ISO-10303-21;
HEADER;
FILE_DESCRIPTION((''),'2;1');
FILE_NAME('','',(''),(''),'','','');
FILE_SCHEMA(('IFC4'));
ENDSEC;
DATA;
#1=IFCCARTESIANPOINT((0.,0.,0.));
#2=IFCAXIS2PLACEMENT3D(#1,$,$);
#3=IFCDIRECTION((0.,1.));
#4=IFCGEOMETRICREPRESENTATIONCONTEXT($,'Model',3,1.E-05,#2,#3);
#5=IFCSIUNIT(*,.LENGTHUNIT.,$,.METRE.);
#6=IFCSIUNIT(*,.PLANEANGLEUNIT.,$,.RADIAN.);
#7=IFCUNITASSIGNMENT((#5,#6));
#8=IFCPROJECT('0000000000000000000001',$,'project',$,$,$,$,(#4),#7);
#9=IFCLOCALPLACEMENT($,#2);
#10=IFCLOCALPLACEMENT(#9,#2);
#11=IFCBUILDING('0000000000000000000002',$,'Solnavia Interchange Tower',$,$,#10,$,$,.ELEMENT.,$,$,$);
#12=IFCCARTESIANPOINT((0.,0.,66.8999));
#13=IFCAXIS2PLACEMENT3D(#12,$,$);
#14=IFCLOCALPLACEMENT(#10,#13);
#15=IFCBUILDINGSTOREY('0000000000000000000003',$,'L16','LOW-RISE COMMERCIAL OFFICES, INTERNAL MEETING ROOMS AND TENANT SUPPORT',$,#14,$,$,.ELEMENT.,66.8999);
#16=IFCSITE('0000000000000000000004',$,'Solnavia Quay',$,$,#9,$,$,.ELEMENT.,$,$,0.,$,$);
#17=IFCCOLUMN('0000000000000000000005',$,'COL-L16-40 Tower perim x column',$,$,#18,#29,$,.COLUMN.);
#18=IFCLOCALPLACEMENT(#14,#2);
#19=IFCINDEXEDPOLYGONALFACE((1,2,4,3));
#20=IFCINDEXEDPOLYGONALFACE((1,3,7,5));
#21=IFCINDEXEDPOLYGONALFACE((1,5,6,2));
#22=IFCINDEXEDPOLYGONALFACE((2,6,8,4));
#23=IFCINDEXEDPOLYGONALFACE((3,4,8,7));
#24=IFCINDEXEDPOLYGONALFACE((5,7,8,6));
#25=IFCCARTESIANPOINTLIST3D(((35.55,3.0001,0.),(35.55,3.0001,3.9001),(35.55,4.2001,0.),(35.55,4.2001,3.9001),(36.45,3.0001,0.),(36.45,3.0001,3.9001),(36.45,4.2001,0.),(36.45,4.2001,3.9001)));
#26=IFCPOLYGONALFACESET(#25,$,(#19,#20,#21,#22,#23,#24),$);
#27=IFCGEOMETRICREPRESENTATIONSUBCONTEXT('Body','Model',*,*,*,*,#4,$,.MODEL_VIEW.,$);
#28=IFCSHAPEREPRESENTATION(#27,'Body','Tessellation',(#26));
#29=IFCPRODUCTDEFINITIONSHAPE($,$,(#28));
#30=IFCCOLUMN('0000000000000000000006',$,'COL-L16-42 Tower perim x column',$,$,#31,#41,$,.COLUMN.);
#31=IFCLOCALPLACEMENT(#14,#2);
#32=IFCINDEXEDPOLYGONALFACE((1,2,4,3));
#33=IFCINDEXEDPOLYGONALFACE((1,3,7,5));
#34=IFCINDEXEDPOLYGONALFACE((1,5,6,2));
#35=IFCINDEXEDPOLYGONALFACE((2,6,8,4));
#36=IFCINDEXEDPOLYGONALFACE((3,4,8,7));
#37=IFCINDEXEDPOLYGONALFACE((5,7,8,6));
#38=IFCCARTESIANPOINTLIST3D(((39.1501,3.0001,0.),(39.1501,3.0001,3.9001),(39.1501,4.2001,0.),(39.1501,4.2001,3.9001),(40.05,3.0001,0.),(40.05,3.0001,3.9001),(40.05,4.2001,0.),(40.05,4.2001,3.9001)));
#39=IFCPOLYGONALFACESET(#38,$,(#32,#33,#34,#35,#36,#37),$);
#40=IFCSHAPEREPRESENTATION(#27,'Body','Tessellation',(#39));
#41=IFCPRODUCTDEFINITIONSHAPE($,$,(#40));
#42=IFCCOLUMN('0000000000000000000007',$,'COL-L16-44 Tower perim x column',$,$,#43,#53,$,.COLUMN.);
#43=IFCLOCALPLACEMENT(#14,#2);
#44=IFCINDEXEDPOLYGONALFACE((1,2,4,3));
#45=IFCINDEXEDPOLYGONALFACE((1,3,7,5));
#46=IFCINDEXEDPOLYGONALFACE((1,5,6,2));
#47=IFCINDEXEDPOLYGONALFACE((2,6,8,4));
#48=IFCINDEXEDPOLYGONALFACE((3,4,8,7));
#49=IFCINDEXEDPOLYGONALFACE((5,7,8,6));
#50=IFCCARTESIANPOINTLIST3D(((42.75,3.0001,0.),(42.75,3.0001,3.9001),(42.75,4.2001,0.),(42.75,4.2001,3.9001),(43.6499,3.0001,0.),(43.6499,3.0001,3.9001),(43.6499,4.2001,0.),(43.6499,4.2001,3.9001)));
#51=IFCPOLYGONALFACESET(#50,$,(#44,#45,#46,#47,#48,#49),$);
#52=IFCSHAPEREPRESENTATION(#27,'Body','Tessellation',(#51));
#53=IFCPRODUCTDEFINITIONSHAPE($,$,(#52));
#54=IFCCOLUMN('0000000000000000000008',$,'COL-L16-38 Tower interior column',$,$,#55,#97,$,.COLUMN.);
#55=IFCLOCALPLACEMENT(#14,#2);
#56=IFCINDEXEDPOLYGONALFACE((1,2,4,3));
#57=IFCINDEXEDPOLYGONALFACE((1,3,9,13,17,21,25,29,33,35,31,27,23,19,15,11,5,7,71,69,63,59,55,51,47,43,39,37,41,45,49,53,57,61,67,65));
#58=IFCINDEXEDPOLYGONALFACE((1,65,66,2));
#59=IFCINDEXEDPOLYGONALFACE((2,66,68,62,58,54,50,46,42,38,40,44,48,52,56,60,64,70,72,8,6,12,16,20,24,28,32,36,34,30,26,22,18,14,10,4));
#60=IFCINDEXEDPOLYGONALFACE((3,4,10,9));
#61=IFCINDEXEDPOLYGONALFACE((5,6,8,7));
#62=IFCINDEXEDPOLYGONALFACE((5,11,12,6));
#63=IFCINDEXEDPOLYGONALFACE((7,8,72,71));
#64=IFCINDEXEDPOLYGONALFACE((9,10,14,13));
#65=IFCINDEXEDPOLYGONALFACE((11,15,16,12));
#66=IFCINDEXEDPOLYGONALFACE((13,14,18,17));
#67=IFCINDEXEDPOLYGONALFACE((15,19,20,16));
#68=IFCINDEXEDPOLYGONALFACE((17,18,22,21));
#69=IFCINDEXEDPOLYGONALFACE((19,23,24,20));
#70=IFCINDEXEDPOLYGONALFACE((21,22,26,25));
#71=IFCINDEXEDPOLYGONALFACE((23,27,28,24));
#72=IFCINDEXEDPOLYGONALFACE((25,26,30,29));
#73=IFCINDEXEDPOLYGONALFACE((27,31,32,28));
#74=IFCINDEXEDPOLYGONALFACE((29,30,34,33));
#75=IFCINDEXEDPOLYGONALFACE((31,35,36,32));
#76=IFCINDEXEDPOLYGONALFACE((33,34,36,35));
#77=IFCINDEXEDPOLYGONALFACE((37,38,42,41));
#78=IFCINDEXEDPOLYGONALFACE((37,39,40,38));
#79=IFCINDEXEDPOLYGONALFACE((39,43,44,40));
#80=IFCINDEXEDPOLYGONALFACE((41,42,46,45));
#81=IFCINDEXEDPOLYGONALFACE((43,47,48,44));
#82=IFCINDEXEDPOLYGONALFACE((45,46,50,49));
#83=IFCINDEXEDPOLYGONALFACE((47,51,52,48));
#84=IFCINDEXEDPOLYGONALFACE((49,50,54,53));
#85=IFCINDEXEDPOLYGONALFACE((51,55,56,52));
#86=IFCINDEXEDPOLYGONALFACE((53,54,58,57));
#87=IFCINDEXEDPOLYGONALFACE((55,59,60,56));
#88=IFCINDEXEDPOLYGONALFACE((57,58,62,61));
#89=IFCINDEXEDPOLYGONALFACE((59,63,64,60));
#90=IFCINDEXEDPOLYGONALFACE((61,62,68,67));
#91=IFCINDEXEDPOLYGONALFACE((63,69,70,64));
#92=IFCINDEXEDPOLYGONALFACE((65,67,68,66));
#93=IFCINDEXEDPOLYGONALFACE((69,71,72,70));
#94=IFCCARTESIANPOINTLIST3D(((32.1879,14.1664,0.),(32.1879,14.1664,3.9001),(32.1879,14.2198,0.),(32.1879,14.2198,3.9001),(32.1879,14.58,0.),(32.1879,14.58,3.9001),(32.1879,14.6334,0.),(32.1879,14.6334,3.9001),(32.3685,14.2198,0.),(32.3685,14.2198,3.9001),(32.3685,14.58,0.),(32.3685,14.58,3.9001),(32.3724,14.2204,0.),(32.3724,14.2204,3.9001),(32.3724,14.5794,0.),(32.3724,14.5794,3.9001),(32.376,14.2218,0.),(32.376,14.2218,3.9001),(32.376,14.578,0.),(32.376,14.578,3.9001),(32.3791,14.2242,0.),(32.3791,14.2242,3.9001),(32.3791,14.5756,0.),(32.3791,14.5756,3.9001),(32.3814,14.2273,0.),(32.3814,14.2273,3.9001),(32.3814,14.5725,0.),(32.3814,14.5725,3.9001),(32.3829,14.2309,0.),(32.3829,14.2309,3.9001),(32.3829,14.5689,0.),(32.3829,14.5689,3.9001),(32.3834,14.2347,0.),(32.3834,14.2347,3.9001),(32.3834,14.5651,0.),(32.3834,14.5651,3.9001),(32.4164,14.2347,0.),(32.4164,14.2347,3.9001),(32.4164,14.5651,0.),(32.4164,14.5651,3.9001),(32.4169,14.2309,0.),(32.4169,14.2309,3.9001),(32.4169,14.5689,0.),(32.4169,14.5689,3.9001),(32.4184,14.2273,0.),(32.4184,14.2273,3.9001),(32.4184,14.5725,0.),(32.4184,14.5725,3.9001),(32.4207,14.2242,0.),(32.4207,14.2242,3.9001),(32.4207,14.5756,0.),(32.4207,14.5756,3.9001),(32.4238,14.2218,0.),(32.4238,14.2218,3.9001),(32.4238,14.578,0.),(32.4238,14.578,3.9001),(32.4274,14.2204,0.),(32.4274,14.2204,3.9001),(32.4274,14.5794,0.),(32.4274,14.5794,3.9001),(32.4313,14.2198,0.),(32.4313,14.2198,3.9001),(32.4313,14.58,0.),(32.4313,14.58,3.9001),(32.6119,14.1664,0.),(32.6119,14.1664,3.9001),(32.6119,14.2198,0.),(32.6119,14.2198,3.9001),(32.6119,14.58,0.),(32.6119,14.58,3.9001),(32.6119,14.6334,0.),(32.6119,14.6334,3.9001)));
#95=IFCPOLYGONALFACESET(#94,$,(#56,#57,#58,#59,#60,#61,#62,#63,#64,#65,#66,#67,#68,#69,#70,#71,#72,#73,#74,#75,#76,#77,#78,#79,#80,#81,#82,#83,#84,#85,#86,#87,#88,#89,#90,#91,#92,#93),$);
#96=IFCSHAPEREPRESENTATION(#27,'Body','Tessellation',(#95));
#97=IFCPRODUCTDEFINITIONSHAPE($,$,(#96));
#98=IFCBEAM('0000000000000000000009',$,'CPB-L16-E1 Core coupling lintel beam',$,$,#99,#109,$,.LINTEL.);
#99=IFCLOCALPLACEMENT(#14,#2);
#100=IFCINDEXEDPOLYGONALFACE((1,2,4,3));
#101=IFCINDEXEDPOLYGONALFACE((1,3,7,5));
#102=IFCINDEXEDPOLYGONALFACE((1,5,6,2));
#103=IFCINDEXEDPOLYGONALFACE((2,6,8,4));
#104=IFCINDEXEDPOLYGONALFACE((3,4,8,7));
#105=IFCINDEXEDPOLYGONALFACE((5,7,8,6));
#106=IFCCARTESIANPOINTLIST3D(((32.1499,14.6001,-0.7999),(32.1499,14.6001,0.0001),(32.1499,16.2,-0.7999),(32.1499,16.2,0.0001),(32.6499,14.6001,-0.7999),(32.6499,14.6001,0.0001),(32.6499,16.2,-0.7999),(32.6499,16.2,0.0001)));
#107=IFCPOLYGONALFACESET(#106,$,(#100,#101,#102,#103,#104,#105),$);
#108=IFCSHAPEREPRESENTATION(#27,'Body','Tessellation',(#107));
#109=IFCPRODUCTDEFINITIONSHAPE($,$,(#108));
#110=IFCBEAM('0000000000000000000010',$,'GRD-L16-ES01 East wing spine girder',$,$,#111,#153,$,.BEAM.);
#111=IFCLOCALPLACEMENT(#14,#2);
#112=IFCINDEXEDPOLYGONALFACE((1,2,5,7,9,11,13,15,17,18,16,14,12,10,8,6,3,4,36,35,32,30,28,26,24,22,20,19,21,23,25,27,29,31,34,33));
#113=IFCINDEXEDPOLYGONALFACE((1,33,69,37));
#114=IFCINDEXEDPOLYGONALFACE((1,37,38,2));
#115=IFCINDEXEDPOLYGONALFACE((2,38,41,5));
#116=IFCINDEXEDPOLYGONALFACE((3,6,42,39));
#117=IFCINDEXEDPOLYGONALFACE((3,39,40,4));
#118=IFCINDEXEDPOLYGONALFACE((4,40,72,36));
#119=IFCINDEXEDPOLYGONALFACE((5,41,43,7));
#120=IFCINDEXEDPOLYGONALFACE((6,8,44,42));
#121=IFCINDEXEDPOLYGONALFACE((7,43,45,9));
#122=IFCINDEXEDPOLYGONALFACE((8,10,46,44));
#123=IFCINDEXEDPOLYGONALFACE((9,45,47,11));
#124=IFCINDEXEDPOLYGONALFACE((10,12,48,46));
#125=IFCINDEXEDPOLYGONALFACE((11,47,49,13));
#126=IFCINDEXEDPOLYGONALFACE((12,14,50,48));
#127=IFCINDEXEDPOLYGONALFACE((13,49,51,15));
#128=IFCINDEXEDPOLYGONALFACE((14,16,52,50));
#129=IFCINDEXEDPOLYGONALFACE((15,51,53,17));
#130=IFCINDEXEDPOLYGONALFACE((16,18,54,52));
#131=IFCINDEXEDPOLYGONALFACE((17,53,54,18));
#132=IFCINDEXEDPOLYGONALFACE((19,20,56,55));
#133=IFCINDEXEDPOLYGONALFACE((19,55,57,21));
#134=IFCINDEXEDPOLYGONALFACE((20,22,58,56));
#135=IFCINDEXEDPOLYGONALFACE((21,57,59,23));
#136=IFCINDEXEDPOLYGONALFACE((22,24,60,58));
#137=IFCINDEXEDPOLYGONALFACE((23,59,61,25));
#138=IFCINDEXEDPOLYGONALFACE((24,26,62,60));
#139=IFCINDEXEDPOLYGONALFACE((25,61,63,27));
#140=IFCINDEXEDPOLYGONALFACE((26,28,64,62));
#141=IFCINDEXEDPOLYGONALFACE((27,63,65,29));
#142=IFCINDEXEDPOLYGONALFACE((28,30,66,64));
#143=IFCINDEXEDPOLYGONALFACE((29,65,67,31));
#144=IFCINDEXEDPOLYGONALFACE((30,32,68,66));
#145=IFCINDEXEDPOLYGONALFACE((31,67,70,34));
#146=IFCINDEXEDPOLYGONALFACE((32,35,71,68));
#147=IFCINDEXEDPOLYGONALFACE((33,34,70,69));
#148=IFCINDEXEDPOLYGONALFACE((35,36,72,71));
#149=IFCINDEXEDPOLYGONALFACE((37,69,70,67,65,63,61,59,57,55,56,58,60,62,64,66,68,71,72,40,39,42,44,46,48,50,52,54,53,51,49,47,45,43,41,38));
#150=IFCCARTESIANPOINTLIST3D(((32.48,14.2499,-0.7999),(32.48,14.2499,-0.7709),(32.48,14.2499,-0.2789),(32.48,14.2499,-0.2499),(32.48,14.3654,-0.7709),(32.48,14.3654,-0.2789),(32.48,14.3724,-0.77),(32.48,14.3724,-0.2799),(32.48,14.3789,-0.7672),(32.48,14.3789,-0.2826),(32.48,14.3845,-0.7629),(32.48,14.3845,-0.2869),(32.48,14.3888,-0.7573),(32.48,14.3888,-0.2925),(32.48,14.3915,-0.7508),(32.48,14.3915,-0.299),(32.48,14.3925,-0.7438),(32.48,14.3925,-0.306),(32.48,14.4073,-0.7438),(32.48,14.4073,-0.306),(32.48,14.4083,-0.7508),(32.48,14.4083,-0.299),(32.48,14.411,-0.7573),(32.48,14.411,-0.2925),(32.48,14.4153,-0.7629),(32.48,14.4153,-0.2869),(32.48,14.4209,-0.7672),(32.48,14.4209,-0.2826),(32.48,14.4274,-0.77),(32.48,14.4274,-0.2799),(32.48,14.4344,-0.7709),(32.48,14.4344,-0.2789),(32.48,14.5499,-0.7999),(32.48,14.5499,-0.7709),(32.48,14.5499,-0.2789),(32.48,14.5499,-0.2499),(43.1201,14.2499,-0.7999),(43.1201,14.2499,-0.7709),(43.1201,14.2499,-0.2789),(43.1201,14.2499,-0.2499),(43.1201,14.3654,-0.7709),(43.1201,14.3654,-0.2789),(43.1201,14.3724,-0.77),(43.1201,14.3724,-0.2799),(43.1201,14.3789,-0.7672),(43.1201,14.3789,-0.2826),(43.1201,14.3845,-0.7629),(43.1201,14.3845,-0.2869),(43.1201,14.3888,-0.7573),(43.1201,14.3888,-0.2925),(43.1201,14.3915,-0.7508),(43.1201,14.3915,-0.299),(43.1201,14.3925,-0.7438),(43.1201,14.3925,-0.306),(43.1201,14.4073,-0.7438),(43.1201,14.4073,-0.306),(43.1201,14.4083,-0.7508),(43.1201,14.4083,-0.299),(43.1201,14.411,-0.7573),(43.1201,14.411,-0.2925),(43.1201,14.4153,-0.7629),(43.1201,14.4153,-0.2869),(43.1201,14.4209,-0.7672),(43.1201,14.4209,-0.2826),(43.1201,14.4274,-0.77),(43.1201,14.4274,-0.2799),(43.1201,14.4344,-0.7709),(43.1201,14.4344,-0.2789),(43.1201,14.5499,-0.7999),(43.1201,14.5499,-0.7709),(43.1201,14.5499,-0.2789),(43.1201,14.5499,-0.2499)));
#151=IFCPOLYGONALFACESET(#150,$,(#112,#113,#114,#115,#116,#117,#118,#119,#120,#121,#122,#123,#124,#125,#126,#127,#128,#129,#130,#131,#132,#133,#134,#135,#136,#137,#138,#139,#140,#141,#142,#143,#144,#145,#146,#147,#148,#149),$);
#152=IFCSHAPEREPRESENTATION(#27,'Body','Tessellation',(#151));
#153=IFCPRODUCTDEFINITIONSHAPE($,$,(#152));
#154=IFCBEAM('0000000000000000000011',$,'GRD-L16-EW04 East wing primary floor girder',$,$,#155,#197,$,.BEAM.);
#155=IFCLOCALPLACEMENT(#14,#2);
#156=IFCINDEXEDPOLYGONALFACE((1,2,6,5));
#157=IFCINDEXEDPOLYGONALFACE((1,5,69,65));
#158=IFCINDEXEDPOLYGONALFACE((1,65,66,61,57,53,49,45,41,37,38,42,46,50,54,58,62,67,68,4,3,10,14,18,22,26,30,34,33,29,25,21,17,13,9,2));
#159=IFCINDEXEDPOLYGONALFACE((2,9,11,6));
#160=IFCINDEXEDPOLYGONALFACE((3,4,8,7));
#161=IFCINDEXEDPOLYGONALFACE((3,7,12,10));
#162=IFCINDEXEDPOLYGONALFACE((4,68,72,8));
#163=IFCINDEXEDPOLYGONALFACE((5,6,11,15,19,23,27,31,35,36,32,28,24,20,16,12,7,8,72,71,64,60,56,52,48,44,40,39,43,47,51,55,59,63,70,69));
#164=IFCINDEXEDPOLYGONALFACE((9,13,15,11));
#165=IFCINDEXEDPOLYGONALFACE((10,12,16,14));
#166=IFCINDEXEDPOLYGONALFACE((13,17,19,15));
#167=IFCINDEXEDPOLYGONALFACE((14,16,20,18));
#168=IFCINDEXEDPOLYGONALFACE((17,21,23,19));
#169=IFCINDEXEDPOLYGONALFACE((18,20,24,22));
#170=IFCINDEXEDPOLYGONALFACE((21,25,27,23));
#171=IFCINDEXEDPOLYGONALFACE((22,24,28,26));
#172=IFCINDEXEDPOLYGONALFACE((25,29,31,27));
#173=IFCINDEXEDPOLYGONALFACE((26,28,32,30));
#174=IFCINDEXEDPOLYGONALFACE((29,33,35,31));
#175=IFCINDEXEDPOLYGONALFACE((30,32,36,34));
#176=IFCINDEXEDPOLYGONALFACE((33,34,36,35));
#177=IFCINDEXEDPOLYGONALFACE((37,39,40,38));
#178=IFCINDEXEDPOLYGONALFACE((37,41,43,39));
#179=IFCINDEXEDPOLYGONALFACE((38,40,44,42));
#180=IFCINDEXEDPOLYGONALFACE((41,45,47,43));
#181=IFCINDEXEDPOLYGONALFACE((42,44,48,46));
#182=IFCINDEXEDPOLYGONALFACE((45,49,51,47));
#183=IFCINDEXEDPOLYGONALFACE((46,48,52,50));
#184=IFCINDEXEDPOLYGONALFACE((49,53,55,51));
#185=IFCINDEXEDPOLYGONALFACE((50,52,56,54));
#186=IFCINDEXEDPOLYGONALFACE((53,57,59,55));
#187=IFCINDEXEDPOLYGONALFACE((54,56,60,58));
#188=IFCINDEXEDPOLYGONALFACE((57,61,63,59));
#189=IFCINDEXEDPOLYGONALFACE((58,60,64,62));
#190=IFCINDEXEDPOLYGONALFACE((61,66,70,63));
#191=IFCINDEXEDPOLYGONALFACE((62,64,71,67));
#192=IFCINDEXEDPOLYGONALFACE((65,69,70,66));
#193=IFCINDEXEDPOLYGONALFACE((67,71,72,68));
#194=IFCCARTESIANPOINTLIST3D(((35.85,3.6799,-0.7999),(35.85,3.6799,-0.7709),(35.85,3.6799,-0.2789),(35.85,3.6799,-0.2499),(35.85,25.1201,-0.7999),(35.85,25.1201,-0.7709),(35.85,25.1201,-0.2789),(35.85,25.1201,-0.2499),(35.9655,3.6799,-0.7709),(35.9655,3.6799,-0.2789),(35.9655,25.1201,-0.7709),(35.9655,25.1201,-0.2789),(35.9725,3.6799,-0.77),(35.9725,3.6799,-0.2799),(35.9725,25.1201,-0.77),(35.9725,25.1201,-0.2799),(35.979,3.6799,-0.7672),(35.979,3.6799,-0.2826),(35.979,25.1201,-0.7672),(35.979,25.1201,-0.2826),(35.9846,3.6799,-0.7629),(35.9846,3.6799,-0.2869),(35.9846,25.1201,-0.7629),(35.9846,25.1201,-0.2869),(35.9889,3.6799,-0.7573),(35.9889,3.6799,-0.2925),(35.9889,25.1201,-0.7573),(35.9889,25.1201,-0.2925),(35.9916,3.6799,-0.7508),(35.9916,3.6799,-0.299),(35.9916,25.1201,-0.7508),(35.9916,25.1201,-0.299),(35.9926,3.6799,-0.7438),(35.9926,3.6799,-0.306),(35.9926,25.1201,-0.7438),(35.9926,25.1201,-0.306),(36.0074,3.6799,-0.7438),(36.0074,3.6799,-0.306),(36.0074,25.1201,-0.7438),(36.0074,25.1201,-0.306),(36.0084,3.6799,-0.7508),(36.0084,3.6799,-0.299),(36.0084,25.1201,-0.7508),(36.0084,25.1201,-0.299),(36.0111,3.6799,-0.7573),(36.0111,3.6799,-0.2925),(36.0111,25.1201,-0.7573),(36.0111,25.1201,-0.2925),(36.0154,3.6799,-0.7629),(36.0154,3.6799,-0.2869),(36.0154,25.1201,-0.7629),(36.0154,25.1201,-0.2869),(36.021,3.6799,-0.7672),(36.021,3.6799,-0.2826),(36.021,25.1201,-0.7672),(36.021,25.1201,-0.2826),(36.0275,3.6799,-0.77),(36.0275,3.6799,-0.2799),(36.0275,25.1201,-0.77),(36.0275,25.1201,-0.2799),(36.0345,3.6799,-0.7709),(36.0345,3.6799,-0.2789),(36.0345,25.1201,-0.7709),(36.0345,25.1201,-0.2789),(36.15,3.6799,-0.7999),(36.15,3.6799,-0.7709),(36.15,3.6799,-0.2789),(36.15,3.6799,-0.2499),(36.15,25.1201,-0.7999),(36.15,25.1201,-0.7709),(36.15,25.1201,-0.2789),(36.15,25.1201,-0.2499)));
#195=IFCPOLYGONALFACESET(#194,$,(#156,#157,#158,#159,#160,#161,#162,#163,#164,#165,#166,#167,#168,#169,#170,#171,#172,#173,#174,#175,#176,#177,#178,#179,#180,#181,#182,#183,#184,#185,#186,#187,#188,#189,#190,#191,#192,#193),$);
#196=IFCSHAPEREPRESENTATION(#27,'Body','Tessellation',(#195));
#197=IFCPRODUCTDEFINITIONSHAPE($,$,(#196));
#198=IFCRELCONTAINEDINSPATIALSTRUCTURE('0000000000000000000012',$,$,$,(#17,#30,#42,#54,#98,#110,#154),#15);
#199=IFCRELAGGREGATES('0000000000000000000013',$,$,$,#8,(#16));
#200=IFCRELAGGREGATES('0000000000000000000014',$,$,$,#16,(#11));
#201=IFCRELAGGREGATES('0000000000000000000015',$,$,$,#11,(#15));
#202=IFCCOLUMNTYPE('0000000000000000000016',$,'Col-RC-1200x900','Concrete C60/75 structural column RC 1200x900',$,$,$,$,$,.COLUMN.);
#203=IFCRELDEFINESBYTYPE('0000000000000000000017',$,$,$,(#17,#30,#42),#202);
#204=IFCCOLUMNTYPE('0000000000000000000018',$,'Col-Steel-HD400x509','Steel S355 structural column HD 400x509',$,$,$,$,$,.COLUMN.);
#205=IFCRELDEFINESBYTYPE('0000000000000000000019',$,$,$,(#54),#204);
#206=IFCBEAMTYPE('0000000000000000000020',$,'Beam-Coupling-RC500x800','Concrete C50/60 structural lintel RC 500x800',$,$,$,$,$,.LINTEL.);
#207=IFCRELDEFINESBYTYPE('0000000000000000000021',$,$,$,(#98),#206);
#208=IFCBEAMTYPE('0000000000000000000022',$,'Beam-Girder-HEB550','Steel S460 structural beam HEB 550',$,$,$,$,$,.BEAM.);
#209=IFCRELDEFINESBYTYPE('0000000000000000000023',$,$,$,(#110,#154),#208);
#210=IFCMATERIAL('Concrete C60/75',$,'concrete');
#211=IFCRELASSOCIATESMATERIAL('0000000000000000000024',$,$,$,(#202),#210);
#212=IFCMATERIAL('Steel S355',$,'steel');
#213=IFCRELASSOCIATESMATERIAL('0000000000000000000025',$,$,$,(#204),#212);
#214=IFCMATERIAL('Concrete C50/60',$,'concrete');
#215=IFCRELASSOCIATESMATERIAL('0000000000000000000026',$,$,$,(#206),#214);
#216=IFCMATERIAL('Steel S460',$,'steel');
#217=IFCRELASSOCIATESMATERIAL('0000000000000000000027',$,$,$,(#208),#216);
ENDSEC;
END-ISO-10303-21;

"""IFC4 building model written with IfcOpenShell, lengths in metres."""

from ifc_helpers import new_model, si_unit, direction, frame, origin, origin_2d, place, context, subcontext, project, spatial, rectangle, i_section, extrude, material, material_profile, profile_set, type_object, element, save


model = new_model("IFC4")

# Units and contexts
model_context = context("Model", 3, precision=1e-05, world=origin(), true_north=direction((0.0, 1.0)))
body_context = subcontext(model_context, "Body", "Model", "MODEL_VIEW")
ifc_project = project(units=[si_unit("LENGTHUNIT", "METRE"), si_unit("PLANEANGLEUNIT", "RADIAN")], contexts=[model_context])

# Site, building, storey
site_placement = place(None, origin())
site = spatial("IfcSite", under=ifc_project, at=site_placement, Name="Solnavia Quay", CompositionType="ELEMENT", RefElevation=0.0)
building_placement = place(site_placement, origin())
building = spatial("IfcBuilding", under=site, at=building_placement, Name="Solnavia Interchange Tower", CompositionType="ELEMENT")
storey_placement = place(building_placement, frame((0.0, 0.0, 66.8999)))
storey = spatial("IfcBuildingStorey", under=building, at=storey_placement, Name="L16", Description="LOW-RISE COMMERCIAL OFFICES, INTERNAL MEETING ROOMS AND TENANT SUPPORT", CompositionType="ELEMENT", Elevation=66.8999)

# Columns
ifc_material_1 = material(Name="Concrete C60/75", Category="concrete")
ifc_material_profile_1 = material_profile(ifc_material_1, rectangle(XDim=0.8999, YDim=1.2, at=origin_2d()), Name="RC 1200x900")
ifc_profile_set_1 = profile_set([ifc_material_profile_1], Name="Concrete C60/75")
column_type_1 = type_object("IfcColumnType", Name="Col-RC-1200x900", Description="Concrete C60/75 structural column RC 1200x900", PredefinedType="COLUMN", material=ifc_profile_set_1)
for number, where, z_axis, x_axis, name in (
    (1, (36.0, 3.6001, 0.0), (0.0, 0.0, 1.0), (1.0, 0.0, 0.0), "COL-L16-40 Tower perim x column"),
    (2, (39.6001, 3.6001, 0.0), (0.0, 0.0, 1.0), (1.0, 0.0, 0.0), "COL-L16-42 Tower perim x column"),
    (3, (43.2, 3.6001, 0.0), (0.0, 0.0, 1.0), (1.0, 0.0, 0.0), "COL-L16-44 Tower perim x column"),
):
    element("IfcColumn", number, at=place(storey_placement, frame(where, z_axis=z_axis, x_axis=x_axis)), inside=storey, type_object=column_type_1, Name=name, PredefinedType="COLUMN", context=body_context, shape_type="SweptSolid", body=[
        extrude(rectangle(XDim=0.8999, YDim=1.2, at=origin_2d()), origin(), (0.0, 0.0, 1.0), 3.9001),
    ])
ifc_material_2 = material(Name="Steel S355", Category="steel")
ifc_material_profile_2 = material_profile(ifc_material_2, i_section(OverallWidth=0.4241, OverallDepth=0.467, WebThickness=0.033, FlangeThickness=0.0535, FilletRadius=0.0149, at=origin_2d()), Name="HD 400x509")
ifc_profile_set_2 = profile_set([ifc_material_profile_2], Name="Steel S355")
column_type_2 = type_object("IfcColumnType", Name="Col-Steel-HD400x509", Description="Steel S355 structural column HD 400x509", PredefinedType="COLUMN", material=ifc_profile_set_2)
column_placement = place(storey_placement, frame((32.3999, 14.3999, 0.0), z_axis=(0.0, 0.0, 1.0), x_axis=(1.0, 0.0, 0.0)))
element("IfcColumn", 4, at=column_placement, inside=storey, type_object=column_type_2, Name="COL-L16-38 Tower interior column", PredefinedType="COLUMN", context=body_context, shape_type="SweptSolid", body=[
    extrude(i_section(OverallWidth=0.4241, OverallDepth=0.467, WebThickness=0.033, FlangeThickness=0.0535, FilletRadius=0.0149, at=origin_2d()), origin(), (0.0, 0.0, 1.0), 3.9001),
])

# Beams
ifc_material_3 = material(Name="Concrete C50/60", Category="concrete")
ifc_material_profile_3 = material_profile(ifc_material_3, rectangle(XDim=0.5, YDim=0.8, at=origin_2d()), Name="RC 500x800")
ifc_profile_set_3 = profile_set([ifc_material_profile_3], Name="Concrete C50/60")
beam_type_1 = type_object("IfcBeamType", Name="Beam-Coupling-RC500x800", Description="Concrete C50/60 structural lintel RC 500x800", PredefinedType="LINTEL", material=ifc_profile_set_3)
beam_1_placement = place(storey_placement, frame((32.3999, 14.6001, -0.3999), z_axis=(0.0, 1.0, 0.0), x_axis=(-1.0, 0.0, 0.0)))
element("IfcBeam", 5, at=beam_1_placement, inside=storey, type_object=beam_type_1, Name="CPB-L16-E1 Core coupling lintel beam", PredefinedType="LINTEL", context=body_context, shape_type="SweptSolid", body=[
    extrude(rectangle(XDim=0.5, YDim=0.8, at=origin_2d()), origin(), (0.0, 0.0, 1.0), 1.5999),
])
ifc_material_4 = material(Name="Steel S460", Category="steel")
ifc_material_profile_4 = material_profile(ifc_material_4, i_section(OverallWidth=0.3, OverallDepth=0.55, WebThickness=0.0149, FlangeThickness=0.0291, FilletRadius=0.0271, at=origin_2d()), Name="HEB 550")
ifc_profile_set_4 = profile_set([ifc_material_profile_4], Name="Steel S460")
beam_type_2 = type_object("IfcBeamType", Name="Beam-Girder-HEB550", Description="Steel S460 structural beam HEB 550", PredefinedType="BEAM", material=ifc_profile_set_4)
beam_2_placement = place(storey_placement, frame((32.48, 14.3999, -0.5249), z_axis=(1.0, 0.0, 0.0), x_axis=(0.0, 1.0, 0.0)))
element("IfcBeam", 6, at=beam_2_placement, inside=storey, type_object=beam_type_2, Name="GRD-L16-ES01 East wing spine girder", PredefinedType="BEAM", context=body_context, shape_type="SweptSolid", body=[
    extrude(i_section(OverallWidth=0.3, OverallDepth=0.55, WebThickness=0.0149, FlangeThickness=0.0291, FilletRadius=0.0271, at=origin_2d()), origin(), (0.0, 0.0, 1.0), 10.6401),
])
beam_3_placement = place(storey_placement, frame((36.0, 3.6799, -0.5249), z_axis=(0.0, 1.0, 0.0), x_axis=(-1.0, 0.0, 0.0)))
element("IfcBeam", 7, at=beam_3_placement, inside=storey, type_object=beam_type_2, Name="GRD-L16-EW04 East wing primary floor girder", PredefinedType="BEAM", context=body_context, shape_type="SweptSolid", body=[
    extrude(i_section(OverallWidth=0.3, OverallDepth=0.55, WebThickness=0.0149, FlangeThickness=0.0291, FilletRadius=0.0271, at=origin_2d()), origin(), (0.0, 0.0, 1.0), 21.4402),
])

save(model, "model.ifc")
